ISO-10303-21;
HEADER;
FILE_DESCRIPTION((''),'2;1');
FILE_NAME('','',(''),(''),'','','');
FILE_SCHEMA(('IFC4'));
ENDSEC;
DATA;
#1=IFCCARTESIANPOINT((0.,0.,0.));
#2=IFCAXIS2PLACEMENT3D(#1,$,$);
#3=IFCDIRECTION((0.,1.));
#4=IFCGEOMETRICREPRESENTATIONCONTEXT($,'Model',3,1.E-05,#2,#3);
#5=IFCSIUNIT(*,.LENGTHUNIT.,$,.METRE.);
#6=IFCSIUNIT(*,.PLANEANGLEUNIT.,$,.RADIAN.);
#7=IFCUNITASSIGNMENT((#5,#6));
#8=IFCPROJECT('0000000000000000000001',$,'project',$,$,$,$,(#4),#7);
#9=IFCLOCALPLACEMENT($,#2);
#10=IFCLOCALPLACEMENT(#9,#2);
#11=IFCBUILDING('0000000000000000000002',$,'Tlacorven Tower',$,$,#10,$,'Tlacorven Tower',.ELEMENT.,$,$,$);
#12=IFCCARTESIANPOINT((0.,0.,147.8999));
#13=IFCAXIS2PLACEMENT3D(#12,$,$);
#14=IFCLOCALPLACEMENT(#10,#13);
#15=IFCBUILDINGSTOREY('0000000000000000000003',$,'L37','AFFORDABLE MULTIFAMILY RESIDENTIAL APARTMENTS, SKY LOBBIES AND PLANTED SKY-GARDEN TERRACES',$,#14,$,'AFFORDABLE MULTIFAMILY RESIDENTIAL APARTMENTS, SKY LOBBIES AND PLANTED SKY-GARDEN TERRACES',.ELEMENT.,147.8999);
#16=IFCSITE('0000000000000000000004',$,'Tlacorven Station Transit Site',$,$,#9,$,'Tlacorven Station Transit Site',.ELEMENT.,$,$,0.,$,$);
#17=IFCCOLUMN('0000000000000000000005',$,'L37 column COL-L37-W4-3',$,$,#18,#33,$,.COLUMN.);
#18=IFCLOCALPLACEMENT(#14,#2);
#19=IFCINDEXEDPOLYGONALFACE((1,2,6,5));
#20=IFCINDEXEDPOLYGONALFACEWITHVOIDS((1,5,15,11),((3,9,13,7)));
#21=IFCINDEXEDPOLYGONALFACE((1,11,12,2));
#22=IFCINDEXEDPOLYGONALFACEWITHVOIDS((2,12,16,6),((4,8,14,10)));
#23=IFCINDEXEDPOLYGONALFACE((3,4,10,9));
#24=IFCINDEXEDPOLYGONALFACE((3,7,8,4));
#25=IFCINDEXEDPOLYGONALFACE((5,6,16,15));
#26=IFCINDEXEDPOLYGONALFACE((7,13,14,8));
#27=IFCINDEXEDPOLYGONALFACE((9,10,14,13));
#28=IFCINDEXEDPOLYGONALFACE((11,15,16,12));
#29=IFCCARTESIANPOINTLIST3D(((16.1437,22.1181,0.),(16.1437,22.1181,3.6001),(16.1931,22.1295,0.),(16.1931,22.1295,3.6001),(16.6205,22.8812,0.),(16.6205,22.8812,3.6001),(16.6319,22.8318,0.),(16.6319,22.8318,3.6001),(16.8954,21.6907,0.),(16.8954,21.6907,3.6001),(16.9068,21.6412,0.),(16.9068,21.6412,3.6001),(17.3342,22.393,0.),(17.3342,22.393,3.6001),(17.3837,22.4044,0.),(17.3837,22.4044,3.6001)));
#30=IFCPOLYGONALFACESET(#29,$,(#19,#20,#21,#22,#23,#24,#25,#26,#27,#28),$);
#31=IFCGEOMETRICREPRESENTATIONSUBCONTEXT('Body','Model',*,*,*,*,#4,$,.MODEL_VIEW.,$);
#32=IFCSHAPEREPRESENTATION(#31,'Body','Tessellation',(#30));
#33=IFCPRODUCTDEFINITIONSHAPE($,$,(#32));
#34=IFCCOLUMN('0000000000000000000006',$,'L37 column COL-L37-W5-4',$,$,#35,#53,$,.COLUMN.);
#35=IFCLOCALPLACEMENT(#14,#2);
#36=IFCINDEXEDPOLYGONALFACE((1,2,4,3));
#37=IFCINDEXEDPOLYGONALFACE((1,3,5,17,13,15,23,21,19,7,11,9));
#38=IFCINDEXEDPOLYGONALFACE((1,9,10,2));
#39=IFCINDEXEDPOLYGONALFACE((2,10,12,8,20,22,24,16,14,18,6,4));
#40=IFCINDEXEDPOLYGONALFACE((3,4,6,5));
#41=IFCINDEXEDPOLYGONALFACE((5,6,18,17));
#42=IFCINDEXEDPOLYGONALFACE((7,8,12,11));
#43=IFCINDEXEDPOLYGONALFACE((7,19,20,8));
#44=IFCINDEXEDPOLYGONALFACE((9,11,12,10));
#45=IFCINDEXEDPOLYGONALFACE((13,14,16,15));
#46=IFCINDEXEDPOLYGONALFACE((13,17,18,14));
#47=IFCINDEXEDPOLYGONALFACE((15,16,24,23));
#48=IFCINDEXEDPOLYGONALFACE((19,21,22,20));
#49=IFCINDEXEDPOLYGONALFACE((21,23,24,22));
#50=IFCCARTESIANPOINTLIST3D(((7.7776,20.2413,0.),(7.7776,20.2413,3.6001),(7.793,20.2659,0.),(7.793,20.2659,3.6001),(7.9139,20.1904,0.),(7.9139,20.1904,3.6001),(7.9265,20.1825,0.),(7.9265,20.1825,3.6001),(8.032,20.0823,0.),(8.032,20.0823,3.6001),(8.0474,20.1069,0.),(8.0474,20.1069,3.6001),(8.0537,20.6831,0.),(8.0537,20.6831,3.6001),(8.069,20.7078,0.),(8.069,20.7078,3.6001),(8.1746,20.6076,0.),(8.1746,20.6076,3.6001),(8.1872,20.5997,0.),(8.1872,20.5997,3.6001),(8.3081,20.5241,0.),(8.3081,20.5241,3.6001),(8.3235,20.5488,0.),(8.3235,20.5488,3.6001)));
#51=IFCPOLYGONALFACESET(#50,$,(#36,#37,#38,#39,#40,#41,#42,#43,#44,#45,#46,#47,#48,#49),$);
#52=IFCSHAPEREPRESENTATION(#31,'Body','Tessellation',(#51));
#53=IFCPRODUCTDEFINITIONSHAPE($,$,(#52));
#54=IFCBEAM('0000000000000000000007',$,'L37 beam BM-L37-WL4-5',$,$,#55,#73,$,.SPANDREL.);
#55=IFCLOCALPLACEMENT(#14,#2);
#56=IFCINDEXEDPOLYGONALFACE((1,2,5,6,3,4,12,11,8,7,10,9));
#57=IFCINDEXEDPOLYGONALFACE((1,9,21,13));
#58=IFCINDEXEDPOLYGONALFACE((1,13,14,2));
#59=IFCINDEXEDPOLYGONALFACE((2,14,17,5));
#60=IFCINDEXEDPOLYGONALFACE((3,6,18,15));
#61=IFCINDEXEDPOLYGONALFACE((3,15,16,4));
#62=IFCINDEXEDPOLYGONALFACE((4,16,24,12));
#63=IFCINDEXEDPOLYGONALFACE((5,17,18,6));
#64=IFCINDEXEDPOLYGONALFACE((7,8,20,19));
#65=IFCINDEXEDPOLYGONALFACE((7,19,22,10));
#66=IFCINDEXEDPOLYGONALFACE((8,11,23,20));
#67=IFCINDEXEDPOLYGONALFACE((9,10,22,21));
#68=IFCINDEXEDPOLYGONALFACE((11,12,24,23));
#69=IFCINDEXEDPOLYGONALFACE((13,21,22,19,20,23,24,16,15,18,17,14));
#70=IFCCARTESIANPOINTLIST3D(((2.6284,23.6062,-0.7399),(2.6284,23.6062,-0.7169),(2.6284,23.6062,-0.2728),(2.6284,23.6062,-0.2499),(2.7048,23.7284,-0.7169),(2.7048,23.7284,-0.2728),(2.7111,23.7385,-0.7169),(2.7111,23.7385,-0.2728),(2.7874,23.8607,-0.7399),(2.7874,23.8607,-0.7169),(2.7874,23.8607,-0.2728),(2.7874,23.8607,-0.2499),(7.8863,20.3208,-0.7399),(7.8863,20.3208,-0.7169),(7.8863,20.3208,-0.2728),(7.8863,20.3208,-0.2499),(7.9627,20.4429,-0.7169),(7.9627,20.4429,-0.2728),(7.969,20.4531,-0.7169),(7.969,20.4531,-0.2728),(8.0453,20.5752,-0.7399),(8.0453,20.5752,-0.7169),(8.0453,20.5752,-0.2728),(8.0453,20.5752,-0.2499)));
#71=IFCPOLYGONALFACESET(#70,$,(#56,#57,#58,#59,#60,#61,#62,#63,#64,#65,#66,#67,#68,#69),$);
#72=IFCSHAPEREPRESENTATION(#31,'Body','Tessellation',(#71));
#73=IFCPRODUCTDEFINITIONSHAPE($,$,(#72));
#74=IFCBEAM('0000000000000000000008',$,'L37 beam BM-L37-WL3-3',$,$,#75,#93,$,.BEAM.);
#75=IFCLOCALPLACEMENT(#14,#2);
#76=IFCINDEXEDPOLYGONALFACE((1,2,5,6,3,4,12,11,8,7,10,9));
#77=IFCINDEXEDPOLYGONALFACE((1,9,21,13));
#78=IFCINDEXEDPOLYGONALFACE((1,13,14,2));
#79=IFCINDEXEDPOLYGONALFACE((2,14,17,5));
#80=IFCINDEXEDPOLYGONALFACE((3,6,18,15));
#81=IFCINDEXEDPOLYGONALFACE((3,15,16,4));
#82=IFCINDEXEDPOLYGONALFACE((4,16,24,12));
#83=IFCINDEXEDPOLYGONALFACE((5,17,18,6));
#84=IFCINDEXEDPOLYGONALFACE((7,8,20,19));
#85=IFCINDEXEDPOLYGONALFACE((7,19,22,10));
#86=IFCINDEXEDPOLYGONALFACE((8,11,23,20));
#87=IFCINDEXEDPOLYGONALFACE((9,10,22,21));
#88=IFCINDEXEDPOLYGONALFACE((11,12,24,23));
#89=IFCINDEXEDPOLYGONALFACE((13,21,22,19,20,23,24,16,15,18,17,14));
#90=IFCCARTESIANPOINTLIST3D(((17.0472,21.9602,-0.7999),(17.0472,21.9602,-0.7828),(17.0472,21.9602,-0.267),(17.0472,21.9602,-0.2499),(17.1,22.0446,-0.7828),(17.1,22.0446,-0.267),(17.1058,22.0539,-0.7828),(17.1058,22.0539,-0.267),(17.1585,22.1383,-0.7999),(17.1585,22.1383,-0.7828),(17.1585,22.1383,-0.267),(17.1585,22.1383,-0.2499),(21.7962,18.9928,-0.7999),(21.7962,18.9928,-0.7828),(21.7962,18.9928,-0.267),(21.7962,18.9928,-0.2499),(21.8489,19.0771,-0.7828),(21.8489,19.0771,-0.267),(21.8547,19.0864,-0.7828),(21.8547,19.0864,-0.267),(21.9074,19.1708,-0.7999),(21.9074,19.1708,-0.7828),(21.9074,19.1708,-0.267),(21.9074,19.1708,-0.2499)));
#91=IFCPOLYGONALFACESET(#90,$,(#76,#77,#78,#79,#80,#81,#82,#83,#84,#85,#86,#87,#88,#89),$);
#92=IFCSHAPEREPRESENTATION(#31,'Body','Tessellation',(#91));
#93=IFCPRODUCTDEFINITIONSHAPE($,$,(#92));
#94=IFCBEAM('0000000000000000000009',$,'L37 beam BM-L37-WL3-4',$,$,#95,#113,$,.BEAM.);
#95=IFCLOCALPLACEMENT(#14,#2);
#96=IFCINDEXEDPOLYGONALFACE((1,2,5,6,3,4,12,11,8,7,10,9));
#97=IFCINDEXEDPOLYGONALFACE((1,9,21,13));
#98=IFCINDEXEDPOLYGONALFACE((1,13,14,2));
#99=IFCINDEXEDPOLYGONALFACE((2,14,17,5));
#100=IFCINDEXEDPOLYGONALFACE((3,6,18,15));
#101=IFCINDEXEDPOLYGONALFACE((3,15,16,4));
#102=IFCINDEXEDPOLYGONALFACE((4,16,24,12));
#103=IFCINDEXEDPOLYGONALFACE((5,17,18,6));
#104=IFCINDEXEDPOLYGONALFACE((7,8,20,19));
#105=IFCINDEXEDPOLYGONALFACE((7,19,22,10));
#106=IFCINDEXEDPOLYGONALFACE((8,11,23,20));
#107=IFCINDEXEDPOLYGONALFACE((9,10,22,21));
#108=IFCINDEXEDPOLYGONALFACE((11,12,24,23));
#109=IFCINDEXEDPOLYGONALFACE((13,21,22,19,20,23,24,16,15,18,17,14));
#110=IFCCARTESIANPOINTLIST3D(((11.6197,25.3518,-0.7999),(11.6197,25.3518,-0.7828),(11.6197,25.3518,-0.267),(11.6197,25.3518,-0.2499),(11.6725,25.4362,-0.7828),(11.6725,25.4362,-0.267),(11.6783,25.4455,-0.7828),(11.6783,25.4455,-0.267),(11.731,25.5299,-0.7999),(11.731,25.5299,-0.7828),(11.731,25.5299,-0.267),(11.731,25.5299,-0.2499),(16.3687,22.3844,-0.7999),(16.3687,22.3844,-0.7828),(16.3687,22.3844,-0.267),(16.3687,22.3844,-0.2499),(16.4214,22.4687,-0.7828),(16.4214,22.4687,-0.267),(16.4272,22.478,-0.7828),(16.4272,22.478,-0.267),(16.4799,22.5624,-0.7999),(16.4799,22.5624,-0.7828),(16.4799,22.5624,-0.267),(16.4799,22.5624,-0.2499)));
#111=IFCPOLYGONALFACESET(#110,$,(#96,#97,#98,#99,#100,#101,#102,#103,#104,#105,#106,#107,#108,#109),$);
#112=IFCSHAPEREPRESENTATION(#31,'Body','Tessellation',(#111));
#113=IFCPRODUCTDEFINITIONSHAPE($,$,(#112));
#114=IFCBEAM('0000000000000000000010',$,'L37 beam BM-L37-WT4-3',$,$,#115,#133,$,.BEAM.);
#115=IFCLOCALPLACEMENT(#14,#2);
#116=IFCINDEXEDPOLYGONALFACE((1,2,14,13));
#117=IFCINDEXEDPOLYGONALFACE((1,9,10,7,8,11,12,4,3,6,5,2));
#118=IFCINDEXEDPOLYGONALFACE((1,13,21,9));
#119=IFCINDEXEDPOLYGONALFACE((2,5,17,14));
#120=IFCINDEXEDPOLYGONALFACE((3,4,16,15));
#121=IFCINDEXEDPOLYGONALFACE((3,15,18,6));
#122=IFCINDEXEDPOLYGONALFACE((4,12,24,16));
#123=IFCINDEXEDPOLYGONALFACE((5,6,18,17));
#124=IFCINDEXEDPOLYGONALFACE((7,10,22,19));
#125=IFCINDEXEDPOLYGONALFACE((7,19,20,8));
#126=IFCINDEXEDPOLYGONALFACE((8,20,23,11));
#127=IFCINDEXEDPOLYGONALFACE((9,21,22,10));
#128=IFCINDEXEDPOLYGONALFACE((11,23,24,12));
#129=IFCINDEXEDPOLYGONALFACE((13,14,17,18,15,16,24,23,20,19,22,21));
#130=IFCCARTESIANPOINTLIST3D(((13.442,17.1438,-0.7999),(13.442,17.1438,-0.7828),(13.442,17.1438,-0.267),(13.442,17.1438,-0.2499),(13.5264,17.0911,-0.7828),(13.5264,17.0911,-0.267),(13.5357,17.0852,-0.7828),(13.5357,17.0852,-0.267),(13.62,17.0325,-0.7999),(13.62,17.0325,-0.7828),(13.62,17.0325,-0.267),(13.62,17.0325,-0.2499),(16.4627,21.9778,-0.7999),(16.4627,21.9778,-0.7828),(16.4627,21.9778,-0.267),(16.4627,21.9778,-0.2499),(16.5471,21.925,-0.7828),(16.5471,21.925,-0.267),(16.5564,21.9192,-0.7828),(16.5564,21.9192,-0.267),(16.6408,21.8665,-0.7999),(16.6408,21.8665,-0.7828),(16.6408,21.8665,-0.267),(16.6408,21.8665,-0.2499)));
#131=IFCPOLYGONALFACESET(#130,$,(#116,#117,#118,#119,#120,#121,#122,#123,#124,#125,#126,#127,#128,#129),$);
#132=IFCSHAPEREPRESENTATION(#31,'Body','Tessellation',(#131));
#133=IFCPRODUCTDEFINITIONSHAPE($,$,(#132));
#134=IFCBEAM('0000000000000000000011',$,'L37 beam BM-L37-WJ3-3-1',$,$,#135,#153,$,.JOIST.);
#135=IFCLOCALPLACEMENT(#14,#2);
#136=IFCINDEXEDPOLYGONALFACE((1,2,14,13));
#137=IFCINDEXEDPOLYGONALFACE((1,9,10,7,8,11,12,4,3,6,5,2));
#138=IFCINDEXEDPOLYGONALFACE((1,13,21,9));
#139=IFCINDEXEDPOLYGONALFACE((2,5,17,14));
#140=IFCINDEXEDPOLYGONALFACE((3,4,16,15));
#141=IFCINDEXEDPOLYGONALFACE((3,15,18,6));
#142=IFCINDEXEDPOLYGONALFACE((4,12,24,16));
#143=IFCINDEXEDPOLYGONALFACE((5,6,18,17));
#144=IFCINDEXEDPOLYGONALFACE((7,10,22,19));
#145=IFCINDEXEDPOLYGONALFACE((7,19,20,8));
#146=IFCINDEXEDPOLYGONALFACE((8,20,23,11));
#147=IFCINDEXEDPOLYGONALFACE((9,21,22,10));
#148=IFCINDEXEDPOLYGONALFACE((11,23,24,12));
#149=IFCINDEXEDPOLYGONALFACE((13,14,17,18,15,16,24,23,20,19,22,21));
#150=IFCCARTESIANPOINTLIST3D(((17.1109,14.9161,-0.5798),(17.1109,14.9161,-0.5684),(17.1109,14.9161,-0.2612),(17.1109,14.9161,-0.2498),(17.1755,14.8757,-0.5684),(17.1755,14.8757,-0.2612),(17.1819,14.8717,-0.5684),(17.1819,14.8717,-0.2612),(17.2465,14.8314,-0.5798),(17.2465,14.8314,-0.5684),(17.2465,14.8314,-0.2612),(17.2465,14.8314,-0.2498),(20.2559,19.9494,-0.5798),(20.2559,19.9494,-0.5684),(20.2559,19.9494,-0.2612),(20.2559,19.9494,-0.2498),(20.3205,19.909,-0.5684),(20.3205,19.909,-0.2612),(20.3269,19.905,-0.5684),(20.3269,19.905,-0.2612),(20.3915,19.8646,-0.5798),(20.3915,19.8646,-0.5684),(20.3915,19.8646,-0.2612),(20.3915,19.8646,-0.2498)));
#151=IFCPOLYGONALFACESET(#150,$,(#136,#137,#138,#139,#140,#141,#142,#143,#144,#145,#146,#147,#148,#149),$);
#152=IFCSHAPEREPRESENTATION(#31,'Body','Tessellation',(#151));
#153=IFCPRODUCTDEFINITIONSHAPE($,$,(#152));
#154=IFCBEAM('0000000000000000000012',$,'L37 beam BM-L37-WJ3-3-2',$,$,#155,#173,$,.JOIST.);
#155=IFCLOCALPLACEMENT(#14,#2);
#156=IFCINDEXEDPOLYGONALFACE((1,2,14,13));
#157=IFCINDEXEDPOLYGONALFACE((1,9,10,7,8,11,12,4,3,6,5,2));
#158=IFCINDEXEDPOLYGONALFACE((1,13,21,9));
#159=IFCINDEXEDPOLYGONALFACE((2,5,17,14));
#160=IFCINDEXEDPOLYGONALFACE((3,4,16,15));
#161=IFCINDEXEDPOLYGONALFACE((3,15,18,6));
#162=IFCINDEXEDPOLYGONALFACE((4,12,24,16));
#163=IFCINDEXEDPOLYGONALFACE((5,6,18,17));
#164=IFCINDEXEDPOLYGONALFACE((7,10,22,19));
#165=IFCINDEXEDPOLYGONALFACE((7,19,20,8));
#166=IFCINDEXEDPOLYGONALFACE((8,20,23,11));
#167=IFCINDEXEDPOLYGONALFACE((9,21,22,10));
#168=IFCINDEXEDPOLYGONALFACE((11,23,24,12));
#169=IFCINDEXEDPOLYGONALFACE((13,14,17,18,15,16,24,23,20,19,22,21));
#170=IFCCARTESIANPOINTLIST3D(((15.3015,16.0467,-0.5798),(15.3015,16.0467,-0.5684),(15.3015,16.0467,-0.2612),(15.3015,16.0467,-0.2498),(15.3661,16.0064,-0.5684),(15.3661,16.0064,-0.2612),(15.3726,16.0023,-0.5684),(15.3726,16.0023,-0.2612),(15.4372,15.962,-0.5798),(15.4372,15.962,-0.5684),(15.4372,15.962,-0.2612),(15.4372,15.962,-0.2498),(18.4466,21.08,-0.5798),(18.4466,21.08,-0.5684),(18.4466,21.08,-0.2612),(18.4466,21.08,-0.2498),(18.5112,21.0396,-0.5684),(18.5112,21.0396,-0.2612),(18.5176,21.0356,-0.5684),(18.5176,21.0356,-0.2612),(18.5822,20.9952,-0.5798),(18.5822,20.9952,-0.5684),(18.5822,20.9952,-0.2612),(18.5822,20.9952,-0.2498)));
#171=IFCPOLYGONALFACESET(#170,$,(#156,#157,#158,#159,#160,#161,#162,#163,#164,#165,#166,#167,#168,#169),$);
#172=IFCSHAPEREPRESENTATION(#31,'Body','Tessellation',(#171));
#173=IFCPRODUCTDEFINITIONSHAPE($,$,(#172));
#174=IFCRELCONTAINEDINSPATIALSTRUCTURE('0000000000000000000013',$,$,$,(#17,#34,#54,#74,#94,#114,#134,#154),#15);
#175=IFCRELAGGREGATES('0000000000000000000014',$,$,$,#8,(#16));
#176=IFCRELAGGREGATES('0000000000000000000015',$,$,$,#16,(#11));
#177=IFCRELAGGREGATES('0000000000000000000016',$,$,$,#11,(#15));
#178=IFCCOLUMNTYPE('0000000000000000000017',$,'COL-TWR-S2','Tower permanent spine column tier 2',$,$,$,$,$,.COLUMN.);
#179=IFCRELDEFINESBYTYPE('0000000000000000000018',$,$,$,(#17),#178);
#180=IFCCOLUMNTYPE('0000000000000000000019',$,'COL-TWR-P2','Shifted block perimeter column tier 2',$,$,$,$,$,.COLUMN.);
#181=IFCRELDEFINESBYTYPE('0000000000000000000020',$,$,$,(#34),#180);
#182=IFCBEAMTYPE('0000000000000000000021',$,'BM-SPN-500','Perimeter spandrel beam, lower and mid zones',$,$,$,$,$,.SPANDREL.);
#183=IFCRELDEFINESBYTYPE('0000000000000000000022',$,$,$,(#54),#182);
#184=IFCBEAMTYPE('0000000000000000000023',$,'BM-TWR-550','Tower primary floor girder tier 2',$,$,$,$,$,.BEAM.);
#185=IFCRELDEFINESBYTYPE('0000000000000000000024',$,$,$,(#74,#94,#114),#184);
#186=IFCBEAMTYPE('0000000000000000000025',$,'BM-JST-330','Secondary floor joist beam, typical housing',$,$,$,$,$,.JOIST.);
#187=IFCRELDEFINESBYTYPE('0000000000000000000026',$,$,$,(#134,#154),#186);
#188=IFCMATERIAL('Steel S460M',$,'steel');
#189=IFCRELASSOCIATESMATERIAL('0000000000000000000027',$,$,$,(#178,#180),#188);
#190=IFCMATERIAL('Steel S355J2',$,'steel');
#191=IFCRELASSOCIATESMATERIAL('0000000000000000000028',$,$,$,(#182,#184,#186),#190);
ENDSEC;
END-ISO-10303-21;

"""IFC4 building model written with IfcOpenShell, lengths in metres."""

from ifc_helpers import new_model, si_unit, direction, frame, origin, origin_2d, place, context, subcontext, project, spatial, hollow_rectangle, i_section, extrude, source, transform, mapped, material, material_profile, profile_set, type_object, element, save


model = new_model("IFC4")

# Units and contexts
model_context = context("Model", 3, precision=1e-05, world=origin(), true_north=direction((0.0, 1.0)))
body_context = subcontext(model_context, "Body", "Model", "MODEL_VIEW")
ifc_project = project(units=[si_unit("LENGTHUNIT", "METRE"), si_unit("PLANEANGLEUNIT", "RADIAN")], contexts=[model_context])

# Site, building, storey
site_placement = place(None, origin())
site = spatial("IfcSite", under=ifc_project, at=site_placement, Name="Tlacorven Station Transit Site", LongName="Tlacorven Station Transit Site", CompositionType="ELEMENT", RefElevation=0.0)
building_placement = place(site_placement, origin())
building = spatial("IfcBuilding", under=site, at=building_placement, Name="Tlacorven Tower", LongName="Tlacorven Tower", CompositionType="ELEMENT")
storey_placement = place(building_placement, frame((0.0, 0.0, 147.8999)))
storey = spatial("IfcBuildingStorey", under=building, at=storey_placement, Name="L37", Description="AFFORDABLE MULTIFAMILY RESIDENTIAL APARTMENTS, SKY LOBBIES AND PLANTED SKY-GARDEN TERRACES", LongName="AFFORDABLE MULTIFAMILY RESIDENTIAL APARTMENTS, SKY LOBBIES AND PLANTED SKY-GARDEN TERRACES", CompositionType="ELEMENT", Elevation=147.8999)

# Columns
ifc_material_1 = material(Name="Steel S460M", Category="steel")
ifc_material_profile_1 = material_profile(ifc_material_1, hollow_rectangle(XDim=0.8999, YDim=0.8999, WallThickness=0.0359, at=origin_2d()), Name="BOX 900X900X36")
ifc_profile_set_1 = profile_set([ifc_material_profile_1], Name="Steel S460M")
column_type_1 = type_object("IfcColumnType", Name="COL-TWR-S2", Description="Tower permanent spine column tier 2", PredefinedType="COLUMN", material=ifc_profile_set_1)
shared_shape_1 = source(origin(), body_context, "Body", "SweptSolid", [
    extrude(hollow_rectangle(XDim=0.8999, YDim=0.8999, WallThickness=0.0359, at=origin_2d()), origin(), (0.0, 0.0, 1.0), 3.6001),
])
column_1_placement = place(storey_placement, frame((16.7637, 22.2612, 0.0), z_axis=(0.0, 0.0, 1.0), x_axis=(-0.848048, 0.529919, 0.0)))
element("IfcColumn", 1, at=column_1_placement, inside=storey, type_object=column_type_1, Name="L37 column COL-L37-W4-3", PredefinedType="COLUMN", context=body_context, shape_type="MappedRepresentation", body=[
    mapped(shared_shape_1, transform((0.0, 0.0, 0.0), scale=1.0)),
])
ifc_material_profile_2 = material_profile(ifc_material_1, i_section(OverallWidth=0.3, OverallDepth=0.55, WebThickness=0.0149, FlangeThickness=0.0291, at=origin_2d()), Name="HEB 550")
ifc_profile_set_2 = profile_set([ifc_material_profile_2], Name="Steel S460M")
column_type_2 = type_object("IfcColumnType", Name="COL-TWR-P2", Description="Shifted block perimeter column tier 2", PredefinedType="COLUMN", material=ifc_profile_set_2)
shared_shape_2 = source(origin(), body_context, "Body", "SweptSolid", [
    extrude(i_section(OverallWidth=0.3, OverallDepth=0.55, WebThickness=0.0149, FlangeThickness=0.0291, at=origin_2d()), origin(), (0.0, 0.0, 1.0), 3.6001),
])
column_2_placement = place(storey_placement, frame((8.0505, 20.395, 0.0), z_axis=(0.0, 0.0, 1.0), x_axis=(-0.848048, 0.529919, 0.0)))
element("IfcColumn", 2, at=column_2_placement, inside=storey, type_object=column_type_2, Name="L37 column COL-L37-W5-4", PredefinedType="COLUMN", context=body_context, shape_type="MappedRepresentation", body=[
    mapped(shared_shape_2, transform((0.0, 0.0, 0.0), scale=1.0)),
])

# Beams
ifc_material_2 = material(Name="Steel S355J2", Category="steel")
ifc_material_profile_3 = material_profile(ifc_material_2, i_section(OverallWidth=0.3, OverallDepth=0.49, WebThickness=0.012, FlangeThickness=0.0229, at=origin_2d()), Name="HEA 500")
ifc_profile_set_3 = profile_set([ifc_material_profile_3], Name="Steel S355J2")
beam_type_1 = type_object("IfcBeamType", Name="BM-SPN-500", Description="Perimeter spandrel beam, lower and mid zones", PredefinedType="SPANDREL", material=ifc_profile_set_3)
shared_shape_3 = source(origin(), body_context, "Body", "SweptSolid", [
    extrude(i_section(OverallWidth=0.3, OverallDepth=0.49, WebThickness=0.012, FlangeThickness=0.0229, at=origin_2d()), origin(), (0.0, 0.0, 1.0), 6.2),
])
beam_1_placement = place(storey_placement, frame((7.9658, 20.448, -0.4949), z_axis=(-0.848051, 0.529914, 0.0), x_axis=(-0.529914, -0.848051, 0.0)))
element("IfcBeam", 3, at=beam_1_placement, inside=storey, type_object=beam_type_1, Name="L37 beam BM-L37-WL4-5", PredefinedType="SPANDREL", context=body_context, shape_type="MappedRepresentation", body=[
    mapped(shared_shape_3, transform((0.0, 0.0, 0.0), scale=1.0)),
])
ifc_material_profile_4 = material_profile(ifc_material_2, i_section(OverallWidth=0.21, OverallDepth=0.55, WebThickness=0.011, FlangeThickness=0.0171, at=origin_2d()), Name="IPE 550")
ifc_profile_set_4 = profile_set([ifc_material_profile_4], Name="Steel S355J2")
beam_type_2 = type_object("IfcBeamType", Name="BM-TWR-550", Description="Tower primary floor girder tier 2", PredefinedType="BEAM", material=ifc_profile_set_4)
shared_shape_4 = source(origin(), body_context, "Body", "SweptSolid", [
    extrude(i_section(OverallWidth=0.21, OverallDepth=0.55, WebThickness=0.011, FlangeThickness=0.0171, at=origin_2d()), origin(), (0.0, 0.0, 1.0), 5.5999),
])
for number, where, z_axis, x_axis, name in (
    (4, (21.8518, 19.0818, -0.5249), (-0.848047, 0.529921, 0.0), (-0.529921, -0.848047, 0.0), "L37 beam BM-L37-WL3-3"),
    (5, (16.4243, 22.4734, -0.5249), (-0.848047, 0.529921, 0.0), (-0.529921, -0.848047, 0.0), "L37 beam BM-L37-WL3-4"),
):
    element("IfcBeam", number, at=place(storey_placement, frame(where, z_axis=z_axis, x_axis=x_axis)), inside=storey, type_object=beam_type_2, Name=name, PredefinedType="BEAM", context=body_context, shape_type="MappedRepresentation", body=[
        mapped(shared_shape_4, transform((0.0, 0.0, 0.0), scale=1.0)),
    ])
shared_shape_5 = source(origin(), body_context, "Body", "SweptSolid", [
    extrude(i_section(OverallWidth=0.21, OverallDepth=0.55, WebThickness=0.011, FlangeThickness=0.0171, at=origin_2d()), origin(), (0.0, 0.0, 1.0), 5.7002),
])
beam_2_placement = place(storey_placement, frame((16.5518, 21.9221, -0.5249), z_axis=(-0.529937, -0.848037, 0.0), x_axis=(0.848037, -0.529937, 0.0)))
element("IfcBeam", 6, at=beam_2_placement, inside=storey, type_object=beam_type_2, Name="L37 beam BM-L37-WT4-3", PredefinedType="BEAM", context=body_context, shape_type="MappedRepresentation", body=[
    mapped(shared_shape_5, transform((0.0, 0.0, 0.0), scale=1.0)),
])
ifc_material_profile_5 = material_profile(ifc_material_2, i_section(OverallWidth=0.1599, OverallDepth=0.3301, WebThickness=0.0076, FlangeThickness=0.0115, at=origin_2d()), Name="IPE 330")
ifc_profile_set_5 = profile_set([ifc_material_profile_5], Name="Steel S355J2")
beam_type_3 = type_object("IfcBeamType", Name="BM-JST-330", Description="Secondary floor joist beam, typical housing", PredefinedType="JOIST", material=ifc_profile_set_5)
shared_shape_6 = source(origin(), body_context, "Body", "SweptSolid", [
    extrude(i_section(OverallWidth=0.1599, OverallDepth=0.3301, WebThickness=0.0076, FlangeThickness=0.0115, at=origin_2d()), origin(), (0.0, 0.0, 1.0), 5.9351),
])
for number, where, z_axis, x_axis, name in (
    (7, (20.3237, 19.907, -0.4148), (-0.52991, -0.848054, 0.0), (0.848054, -0.52991, 0.0), "L37 beam BM-L37-WJ3-3-1"),
    (8, (18.5144, 21.0376, -0.4148), (-0.52991, -0.848054, 0.0), (0.848054, -0.52991, 0.0), "L37 beam BM-L37-WJ3-3-2"),
):
    element("IfcBeam", number, at=place(storey_placement, frame(where, z_axis=z_axis, x_axis=x_axis)), inside=storey, type_object=beam_type_3, Name=name, PredefinedType="JOIST", context=body_context, shape_type="MappedRepresentation", body=[
        mapped(shared_shape_6, transform((0.0, 0.0, 0.0), scale=1.0)),
    ])

save(model, "model.ifc")
